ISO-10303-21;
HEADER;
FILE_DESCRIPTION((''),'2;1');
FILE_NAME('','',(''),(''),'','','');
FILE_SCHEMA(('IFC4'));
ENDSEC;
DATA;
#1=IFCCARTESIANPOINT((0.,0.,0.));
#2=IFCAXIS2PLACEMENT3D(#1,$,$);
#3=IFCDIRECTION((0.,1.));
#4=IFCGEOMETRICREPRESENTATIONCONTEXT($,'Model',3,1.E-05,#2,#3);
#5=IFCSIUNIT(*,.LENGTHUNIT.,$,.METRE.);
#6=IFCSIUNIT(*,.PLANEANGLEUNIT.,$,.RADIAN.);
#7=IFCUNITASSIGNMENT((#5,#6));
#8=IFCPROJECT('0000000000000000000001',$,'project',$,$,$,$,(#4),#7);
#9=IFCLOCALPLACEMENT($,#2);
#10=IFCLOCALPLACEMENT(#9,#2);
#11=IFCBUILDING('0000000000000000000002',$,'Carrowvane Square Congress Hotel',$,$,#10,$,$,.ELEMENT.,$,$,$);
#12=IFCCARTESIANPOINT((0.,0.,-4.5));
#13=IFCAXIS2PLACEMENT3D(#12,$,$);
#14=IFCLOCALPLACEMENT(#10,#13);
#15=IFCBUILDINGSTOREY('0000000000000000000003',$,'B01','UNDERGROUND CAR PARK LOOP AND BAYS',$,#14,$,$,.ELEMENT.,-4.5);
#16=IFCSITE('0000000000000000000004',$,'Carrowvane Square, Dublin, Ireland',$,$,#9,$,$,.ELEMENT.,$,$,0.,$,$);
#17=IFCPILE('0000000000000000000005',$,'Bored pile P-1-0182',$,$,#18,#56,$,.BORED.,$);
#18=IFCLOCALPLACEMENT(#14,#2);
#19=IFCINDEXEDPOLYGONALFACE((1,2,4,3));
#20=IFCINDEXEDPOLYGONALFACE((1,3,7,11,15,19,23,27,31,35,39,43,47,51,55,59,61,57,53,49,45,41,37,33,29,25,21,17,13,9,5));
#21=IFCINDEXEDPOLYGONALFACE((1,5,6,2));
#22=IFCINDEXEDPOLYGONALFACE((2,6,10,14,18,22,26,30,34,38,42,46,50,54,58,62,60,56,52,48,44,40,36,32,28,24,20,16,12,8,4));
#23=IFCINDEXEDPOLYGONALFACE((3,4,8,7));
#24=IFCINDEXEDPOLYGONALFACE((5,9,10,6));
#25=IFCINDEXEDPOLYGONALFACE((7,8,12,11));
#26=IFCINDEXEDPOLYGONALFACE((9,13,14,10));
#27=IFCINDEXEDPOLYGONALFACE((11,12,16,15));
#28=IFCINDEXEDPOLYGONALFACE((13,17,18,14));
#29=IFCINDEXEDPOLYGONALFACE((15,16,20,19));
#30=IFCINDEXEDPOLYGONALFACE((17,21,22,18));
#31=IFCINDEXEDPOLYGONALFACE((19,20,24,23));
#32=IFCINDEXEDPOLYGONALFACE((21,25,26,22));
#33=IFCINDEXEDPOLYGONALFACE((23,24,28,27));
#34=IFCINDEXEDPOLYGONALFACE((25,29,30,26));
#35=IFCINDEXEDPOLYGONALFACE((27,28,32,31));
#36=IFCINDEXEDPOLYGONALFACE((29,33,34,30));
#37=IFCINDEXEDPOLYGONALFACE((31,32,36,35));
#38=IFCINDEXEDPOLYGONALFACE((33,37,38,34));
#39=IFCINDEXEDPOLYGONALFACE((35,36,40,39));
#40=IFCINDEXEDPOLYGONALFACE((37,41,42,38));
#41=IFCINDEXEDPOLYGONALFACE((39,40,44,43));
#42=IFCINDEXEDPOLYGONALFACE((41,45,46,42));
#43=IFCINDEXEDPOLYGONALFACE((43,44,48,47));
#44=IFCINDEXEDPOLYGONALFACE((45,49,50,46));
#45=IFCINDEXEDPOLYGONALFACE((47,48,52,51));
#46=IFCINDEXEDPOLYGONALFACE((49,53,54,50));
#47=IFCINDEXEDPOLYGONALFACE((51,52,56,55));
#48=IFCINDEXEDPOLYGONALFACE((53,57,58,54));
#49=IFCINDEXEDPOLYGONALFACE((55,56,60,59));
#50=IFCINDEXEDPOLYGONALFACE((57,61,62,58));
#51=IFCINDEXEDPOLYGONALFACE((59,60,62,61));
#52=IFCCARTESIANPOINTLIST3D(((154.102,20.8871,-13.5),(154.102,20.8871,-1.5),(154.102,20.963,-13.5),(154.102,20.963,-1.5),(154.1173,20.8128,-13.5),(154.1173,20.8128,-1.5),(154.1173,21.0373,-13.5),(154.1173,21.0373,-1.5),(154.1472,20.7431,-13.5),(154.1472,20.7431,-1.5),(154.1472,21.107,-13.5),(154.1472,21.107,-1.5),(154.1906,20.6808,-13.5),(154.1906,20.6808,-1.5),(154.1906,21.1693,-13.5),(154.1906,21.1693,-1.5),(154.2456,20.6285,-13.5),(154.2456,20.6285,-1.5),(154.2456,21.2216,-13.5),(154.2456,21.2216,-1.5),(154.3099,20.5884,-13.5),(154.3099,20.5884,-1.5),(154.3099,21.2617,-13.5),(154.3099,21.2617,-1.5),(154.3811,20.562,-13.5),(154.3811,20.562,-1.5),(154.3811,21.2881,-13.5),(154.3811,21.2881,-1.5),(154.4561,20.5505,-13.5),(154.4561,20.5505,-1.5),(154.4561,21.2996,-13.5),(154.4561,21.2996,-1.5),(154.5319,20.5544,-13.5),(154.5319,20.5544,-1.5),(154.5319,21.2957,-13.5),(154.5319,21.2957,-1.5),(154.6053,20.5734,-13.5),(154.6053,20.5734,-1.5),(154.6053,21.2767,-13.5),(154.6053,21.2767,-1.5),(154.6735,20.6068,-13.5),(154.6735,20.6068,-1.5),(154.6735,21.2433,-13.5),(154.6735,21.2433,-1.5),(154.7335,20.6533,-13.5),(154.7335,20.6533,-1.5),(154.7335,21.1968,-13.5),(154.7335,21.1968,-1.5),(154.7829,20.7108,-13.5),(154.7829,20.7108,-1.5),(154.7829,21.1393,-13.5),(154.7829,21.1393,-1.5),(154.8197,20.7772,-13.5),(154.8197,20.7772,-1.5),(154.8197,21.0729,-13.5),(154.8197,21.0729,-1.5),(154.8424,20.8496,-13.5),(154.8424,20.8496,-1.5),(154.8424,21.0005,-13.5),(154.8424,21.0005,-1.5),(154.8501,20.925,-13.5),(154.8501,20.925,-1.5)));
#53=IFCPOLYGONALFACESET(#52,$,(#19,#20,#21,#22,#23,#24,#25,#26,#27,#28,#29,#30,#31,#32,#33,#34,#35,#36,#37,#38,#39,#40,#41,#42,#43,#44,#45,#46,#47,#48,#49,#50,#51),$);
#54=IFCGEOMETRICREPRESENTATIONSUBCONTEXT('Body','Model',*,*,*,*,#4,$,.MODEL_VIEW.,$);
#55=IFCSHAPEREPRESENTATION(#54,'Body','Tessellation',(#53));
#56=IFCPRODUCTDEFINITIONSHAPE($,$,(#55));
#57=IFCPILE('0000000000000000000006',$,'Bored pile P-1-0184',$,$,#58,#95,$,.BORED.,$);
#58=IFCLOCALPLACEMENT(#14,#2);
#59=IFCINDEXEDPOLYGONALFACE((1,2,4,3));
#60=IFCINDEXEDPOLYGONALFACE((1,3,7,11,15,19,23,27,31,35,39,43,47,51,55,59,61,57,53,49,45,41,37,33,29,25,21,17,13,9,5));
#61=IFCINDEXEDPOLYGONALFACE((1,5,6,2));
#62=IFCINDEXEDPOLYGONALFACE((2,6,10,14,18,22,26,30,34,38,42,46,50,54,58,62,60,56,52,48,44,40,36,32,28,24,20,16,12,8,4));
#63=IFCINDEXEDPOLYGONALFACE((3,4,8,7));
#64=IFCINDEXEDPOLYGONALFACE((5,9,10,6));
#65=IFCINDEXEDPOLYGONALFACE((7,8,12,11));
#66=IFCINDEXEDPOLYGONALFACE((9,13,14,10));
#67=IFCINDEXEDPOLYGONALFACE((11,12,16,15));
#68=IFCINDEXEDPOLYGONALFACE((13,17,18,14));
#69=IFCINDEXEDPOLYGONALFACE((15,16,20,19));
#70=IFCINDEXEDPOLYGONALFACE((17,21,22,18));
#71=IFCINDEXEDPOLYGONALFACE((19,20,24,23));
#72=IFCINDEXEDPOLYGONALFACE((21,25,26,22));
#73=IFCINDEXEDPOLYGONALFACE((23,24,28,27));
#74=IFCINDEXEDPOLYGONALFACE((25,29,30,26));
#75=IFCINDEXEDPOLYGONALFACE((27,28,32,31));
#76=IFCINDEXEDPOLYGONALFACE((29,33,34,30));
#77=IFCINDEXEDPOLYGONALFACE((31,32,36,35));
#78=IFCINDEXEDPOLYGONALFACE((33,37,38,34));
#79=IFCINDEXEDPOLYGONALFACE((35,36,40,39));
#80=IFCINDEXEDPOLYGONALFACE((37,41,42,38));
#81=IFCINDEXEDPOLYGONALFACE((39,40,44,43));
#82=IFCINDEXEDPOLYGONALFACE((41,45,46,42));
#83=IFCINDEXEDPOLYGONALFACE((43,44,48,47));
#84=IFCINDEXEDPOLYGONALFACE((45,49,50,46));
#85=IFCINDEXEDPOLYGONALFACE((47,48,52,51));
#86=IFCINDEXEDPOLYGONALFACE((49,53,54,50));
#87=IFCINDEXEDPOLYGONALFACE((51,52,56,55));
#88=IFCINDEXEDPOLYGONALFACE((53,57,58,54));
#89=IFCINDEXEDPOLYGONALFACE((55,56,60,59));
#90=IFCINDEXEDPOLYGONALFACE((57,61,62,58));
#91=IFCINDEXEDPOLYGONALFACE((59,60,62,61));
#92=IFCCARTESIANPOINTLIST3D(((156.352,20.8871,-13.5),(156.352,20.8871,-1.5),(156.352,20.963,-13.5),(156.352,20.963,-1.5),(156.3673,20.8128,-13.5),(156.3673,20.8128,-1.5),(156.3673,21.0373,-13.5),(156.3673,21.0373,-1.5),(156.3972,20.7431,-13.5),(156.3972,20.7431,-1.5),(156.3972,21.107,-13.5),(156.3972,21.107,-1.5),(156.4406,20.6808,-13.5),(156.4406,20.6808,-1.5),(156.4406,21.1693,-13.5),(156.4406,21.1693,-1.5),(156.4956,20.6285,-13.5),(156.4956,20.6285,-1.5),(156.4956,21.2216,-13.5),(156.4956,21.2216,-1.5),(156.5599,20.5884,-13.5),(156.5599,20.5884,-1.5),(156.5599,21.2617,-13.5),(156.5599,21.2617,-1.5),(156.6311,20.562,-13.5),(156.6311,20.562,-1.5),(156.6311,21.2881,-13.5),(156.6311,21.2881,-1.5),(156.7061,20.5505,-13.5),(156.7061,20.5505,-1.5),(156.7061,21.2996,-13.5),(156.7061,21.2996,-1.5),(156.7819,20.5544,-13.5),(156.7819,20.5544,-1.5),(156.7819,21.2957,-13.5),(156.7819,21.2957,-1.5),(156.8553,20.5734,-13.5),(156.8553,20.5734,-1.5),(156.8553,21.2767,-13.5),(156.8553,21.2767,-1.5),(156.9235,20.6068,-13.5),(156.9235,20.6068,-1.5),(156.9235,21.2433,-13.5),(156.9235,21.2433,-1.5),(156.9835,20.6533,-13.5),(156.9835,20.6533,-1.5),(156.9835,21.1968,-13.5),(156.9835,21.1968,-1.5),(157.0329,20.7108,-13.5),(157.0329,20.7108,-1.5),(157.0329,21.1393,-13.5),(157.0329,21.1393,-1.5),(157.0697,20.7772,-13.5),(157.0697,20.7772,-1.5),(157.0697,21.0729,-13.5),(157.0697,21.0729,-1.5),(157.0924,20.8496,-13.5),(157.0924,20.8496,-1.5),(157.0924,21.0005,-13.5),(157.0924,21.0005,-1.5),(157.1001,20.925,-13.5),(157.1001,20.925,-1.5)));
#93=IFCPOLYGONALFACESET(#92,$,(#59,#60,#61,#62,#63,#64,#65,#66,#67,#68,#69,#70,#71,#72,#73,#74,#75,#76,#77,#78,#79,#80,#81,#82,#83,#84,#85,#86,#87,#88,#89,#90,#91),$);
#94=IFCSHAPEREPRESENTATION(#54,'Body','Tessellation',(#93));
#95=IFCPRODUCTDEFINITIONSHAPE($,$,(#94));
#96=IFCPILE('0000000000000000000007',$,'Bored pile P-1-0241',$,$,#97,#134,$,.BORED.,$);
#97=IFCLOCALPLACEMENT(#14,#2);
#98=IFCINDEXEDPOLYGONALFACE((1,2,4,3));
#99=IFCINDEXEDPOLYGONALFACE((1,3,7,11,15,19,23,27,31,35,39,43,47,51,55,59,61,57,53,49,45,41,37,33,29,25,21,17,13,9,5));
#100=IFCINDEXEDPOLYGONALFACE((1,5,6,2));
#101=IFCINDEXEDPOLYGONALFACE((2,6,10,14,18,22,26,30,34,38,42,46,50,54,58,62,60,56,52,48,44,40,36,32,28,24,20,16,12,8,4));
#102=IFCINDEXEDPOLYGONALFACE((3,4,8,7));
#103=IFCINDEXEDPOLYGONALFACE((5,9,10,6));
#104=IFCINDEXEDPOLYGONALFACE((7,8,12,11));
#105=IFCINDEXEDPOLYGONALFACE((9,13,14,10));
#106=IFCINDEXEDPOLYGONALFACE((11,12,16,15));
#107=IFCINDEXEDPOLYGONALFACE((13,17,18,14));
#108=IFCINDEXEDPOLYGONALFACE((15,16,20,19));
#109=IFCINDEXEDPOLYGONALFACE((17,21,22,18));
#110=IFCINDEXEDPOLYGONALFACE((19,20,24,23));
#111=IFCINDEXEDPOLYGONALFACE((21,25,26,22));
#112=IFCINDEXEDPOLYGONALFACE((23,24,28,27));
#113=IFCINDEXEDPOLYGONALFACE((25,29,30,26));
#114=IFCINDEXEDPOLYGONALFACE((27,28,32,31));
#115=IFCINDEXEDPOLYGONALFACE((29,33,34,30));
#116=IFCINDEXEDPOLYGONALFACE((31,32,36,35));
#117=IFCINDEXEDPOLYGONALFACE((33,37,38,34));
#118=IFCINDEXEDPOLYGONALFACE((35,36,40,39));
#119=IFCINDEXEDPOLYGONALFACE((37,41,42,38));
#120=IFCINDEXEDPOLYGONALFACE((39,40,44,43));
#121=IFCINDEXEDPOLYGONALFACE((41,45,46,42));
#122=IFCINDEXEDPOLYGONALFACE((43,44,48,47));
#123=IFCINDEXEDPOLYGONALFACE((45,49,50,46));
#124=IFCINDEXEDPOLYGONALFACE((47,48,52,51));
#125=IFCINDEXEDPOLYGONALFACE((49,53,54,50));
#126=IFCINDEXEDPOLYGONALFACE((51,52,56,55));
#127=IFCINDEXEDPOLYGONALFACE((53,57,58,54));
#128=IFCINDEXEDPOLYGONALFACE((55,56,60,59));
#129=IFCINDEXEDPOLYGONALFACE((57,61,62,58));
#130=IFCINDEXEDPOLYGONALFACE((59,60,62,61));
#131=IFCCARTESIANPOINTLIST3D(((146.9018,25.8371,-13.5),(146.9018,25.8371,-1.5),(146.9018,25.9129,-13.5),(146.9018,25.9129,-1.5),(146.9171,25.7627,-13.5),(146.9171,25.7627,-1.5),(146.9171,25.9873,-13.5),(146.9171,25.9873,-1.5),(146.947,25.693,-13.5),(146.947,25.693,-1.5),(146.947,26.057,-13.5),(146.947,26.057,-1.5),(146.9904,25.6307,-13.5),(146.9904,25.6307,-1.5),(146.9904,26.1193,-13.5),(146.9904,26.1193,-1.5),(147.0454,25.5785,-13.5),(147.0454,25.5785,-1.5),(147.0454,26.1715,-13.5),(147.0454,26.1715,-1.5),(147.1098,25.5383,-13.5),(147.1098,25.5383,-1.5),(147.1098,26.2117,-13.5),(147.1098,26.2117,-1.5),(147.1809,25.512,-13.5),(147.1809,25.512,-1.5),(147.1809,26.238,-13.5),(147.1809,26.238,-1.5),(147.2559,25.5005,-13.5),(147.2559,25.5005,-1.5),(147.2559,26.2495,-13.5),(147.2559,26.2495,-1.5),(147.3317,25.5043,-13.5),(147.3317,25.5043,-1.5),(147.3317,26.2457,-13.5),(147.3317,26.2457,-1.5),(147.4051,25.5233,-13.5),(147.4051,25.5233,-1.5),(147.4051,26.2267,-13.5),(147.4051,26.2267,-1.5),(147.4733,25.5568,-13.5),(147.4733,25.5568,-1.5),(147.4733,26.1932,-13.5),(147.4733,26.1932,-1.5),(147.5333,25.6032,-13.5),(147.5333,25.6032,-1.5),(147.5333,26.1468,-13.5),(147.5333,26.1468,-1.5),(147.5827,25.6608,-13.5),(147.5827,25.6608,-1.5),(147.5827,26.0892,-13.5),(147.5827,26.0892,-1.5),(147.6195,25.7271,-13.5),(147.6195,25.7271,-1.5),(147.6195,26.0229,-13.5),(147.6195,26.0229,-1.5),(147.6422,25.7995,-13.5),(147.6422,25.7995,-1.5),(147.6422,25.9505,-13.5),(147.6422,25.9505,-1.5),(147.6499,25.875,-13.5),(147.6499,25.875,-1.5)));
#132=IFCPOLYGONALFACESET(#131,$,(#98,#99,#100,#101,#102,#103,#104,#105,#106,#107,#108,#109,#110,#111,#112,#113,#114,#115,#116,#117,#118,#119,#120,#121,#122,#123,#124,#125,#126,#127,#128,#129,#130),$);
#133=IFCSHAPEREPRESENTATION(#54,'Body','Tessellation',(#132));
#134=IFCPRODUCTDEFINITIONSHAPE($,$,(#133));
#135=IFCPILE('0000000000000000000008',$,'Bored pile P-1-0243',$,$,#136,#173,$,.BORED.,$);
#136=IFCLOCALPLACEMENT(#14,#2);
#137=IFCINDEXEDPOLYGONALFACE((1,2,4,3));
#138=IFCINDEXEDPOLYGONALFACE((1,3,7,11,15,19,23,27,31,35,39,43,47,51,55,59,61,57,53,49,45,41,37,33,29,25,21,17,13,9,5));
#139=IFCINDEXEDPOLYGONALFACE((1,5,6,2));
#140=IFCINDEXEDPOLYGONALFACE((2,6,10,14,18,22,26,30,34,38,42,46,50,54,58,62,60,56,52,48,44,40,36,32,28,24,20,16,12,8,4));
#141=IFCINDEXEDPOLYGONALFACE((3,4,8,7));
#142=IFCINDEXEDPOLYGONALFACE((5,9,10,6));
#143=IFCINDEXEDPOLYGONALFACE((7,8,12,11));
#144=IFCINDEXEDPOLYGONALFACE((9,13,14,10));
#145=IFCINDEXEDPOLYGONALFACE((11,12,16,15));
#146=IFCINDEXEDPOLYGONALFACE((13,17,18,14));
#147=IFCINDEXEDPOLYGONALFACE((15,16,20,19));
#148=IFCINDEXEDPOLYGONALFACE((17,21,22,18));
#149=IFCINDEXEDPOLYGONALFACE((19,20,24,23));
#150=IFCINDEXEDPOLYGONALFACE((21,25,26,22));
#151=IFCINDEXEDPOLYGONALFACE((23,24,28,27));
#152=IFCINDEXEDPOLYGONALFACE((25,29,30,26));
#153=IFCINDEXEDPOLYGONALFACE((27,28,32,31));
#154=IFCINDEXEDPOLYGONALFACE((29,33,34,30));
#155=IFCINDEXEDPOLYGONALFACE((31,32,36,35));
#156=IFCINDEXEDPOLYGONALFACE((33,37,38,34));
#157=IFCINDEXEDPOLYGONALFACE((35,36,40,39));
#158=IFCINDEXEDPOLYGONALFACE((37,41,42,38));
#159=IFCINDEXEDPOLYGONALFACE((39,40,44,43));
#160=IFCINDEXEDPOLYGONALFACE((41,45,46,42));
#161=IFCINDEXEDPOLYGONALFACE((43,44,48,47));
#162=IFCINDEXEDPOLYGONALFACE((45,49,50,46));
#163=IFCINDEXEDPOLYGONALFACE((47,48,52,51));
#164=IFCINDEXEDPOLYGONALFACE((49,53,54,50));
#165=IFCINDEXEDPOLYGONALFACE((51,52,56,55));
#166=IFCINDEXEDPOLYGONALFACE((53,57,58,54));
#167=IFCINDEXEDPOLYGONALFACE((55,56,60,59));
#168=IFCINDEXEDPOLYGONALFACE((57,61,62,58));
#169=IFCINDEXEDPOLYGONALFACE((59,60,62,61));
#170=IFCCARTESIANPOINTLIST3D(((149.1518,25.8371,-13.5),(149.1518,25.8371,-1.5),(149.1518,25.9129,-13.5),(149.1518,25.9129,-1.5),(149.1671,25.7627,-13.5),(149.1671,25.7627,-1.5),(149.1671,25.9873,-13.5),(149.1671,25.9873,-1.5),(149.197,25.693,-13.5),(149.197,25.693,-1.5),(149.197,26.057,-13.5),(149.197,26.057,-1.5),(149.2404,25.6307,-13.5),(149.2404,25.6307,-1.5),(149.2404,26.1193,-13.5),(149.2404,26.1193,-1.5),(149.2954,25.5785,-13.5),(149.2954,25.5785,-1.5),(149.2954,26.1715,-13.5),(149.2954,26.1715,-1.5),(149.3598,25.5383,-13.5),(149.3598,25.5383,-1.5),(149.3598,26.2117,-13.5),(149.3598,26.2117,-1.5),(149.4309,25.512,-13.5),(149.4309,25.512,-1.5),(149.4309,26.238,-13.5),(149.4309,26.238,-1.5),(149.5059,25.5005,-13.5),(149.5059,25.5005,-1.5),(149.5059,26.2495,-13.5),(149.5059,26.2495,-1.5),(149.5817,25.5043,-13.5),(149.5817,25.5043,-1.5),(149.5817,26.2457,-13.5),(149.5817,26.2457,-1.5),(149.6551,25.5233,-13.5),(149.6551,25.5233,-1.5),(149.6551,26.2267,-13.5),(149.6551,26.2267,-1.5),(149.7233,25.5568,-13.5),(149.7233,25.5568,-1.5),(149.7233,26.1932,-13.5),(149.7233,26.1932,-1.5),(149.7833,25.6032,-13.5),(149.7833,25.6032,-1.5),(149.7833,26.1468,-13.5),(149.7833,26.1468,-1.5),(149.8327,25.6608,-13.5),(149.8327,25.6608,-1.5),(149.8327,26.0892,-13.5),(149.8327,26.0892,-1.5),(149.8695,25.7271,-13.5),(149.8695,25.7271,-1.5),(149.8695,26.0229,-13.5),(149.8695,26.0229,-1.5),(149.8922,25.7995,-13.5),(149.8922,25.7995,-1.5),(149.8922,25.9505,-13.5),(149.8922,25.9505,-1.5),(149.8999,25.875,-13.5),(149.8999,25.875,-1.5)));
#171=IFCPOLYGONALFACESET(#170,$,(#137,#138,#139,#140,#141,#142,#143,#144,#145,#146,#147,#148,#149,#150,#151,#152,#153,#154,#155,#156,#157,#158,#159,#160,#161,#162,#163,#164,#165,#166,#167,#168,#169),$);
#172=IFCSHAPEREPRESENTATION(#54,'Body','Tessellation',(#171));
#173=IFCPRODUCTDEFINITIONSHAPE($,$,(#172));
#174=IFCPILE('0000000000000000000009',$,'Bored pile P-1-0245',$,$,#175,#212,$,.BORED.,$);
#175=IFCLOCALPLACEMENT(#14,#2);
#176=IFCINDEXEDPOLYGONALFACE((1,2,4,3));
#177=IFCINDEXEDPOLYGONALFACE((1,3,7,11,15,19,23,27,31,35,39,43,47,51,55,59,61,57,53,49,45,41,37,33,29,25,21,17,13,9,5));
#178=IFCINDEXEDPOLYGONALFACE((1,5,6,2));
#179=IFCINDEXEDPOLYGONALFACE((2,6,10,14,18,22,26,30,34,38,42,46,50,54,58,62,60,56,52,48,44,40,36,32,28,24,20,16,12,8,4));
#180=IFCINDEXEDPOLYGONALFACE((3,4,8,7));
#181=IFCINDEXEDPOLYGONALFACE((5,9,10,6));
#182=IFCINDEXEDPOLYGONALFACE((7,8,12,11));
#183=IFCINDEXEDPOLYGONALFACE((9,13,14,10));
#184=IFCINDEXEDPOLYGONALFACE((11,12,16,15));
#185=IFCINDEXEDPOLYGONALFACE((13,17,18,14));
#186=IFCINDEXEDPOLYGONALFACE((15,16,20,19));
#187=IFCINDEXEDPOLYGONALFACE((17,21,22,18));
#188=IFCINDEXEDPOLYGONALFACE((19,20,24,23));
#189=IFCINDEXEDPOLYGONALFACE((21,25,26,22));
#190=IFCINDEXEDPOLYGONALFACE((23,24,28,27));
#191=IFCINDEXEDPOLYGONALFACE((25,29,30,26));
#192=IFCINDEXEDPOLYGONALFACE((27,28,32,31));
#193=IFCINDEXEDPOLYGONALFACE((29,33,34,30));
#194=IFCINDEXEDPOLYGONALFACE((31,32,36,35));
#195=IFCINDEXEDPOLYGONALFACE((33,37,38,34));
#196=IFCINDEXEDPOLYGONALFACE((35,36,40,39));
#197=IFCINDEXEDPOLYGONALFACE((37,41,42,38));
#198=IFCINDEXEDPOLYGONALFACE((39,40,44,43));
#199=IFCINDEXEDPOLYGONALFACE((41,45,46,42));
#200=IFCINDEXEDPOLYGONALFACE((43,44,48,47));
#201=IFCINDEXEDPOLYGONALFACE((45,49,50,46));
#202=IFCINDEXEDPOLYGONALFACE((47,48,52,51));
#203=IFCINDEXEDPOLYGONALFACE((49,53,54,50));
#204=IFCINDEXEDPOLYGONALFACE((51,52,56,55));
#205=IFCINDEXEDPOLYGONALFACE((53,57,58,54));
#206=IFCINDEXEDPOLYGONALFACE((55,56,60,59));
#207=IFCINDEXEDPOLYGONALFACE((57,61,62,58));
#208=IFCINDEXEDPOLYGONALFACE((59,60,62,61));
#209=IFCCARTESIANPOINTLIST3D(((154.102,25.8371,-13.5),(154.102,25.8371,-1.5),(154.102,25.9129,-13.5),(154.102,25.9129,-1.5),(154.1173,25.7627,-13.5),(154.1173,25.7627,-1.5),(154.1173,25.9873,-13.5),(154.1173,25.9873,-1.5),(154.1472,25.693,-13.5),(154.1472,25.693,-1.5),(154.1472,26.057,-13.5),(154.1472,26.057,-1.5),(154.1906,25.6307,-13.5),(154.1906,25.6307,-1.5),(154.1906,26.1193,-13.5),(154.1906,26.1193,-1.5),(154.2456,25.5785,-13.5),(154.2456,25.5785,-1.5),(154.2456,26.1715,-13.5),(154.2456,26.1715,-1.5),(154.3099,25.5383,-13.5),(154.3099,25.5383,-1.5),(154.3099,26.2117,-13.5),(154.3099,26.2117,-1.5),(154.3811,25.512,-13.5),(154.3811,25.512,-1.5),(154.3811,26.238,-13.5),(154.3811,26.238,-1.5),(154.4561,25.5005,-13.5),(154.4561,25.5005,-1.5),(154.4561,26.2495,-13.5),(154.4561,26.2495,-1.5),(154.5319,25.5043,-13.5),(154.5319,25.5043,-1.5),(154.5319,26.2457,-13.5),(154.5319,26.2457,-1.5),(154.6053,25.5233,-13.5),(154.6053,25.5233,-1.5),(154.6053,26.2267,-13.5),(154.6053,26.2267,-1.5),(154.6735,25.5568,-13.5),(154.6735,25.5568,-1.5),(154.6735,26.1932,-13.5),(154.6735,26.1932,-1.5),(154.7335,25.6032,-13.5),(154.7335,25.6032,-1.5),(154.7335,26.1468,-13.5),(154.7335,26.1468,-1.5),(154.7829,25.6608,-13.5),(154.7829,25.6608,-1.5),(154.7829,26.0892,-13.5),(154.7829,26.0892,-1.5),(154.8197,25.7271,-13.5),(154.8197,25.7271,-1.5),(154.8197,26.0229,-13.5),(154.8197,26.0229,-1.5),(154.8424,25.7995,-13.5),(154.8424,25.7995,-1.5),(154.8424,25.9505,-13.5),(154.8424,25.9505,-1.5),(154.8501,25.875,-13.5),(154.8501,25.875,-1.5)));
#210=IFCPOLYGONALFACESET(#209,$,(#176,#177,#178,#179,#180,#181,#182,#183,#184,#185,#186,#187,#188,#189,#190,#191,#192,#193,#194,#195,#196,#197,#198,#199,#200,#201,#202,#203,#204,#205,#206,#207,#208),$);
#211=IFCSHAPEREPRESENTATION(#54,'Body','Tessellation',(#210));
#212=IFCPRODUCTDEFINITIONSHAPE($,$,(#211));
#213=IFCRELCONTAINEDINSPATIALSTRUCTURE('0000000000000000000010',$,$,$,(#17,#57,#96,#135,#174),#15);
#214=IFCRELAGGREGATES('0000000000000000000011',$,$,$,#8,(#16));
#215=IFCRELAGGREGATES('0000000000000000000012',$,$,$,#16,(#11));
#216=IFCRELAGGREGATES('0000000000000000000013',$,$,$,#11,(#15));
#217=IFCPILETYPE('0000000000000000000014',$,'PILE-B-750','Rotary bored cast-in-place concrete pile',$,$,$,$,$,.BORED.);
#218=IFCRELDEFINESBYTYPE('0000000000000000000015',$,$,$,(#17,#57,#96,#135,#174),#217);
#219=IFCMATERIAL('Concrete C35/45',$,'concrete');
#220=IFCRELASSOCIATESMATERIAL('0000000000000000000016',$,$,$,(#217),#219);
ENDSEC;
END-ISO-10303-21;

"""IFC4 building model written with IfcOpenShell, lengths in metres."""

from ifc_helpers import new_model, si_unit, direction, frame, origin, origin_2d, place, context, subcontext, project, spatial, circle, extrude, material, material_profile, profile_set, type_object, element, save


model = new_model("IFC4")

# Units and contexts
model_context = context("Model", 3, precision=1e-05, world=origin(), true_north=direction((0.0, 1.0)))
body_context = subcontext(model_context, "Body", "Model", "MODEL_VIEW")
ifc_project = project(units=[si_unit("LENGTHUNIT", "METRE"), si_unit("PLANEANGLEUNIT", "RADIAN")], contexts=[model_context])

# Site, building, storey
site_placement = place(None, origin())
site = spatial("IfcSite", under=ifc_project, at=site_placement, Name="Carrowvane Square, Dublin, Ireland", CompositionType="ELEMENT", RefElevation=0.0)
building_placement = place(site_placement, origin())
building = spatial("IfcBuilding", under=site, at=building_placement, Name="Carrowvane Square Congress Hotel", CompositionType="ELEMENT")
storey_placement = place(building_placement, frame((0.0, 0.0, -4.5)))
storey = spatial("IfcBuildingStorey", under=building, at=storey_placement, Name="B01", Description="UNDERGROUND CAR PARK LOOP AND BAYS", CompositionType="ELEMENT", Elevation=-4.5)

# Piles
ifc_material_1 = material(Name="Concrete C35/45", Category="concrete")
ifc_material_profile_1 = material_profile(ifc_material_1, circle(Radius=0.375, at=origin_2d()), Name="PILE D750")
ifc_profile_set_1 = profile_set([ifc_material_profile_1], Name="Concrete C35/45")
pile_type = type_object("IfcPileType", Name="PILE-B-750", Description="Rotary bored cast-in-place concrete pile", PredefinedType="BORED", material=ifc_profile_set_1)
for number, where, z_axis, x_axis, name in (
    (1, (154.4751, 20.925, -1.5), (0.0, 0.0, -1.0), (1.0, 0.0, 0.0), "Bored pile P-1-0182"),
    (2, (156.7251, 20.925, -1.5), (0.0, 0.0, -1.0), (1.0, 0.0, 0.0), "Bored pile P-1-0184"),
    (3, (147.2749, 25.875, -1.5), (0.0, 0.0, -1.0), (1.0, 0.0, 0.0), "Bored pile P-1-0241"),
    (4, (149.5249, 25.875, -1.5), (0.0, 0.0, -1.0), (1.0, 0.0, 0.0), "Bored pile P-1-0243"),
    (5, (154.4751, 25.875, -1.5), (0.0, 0.0, -1.0), (1.0, 0.0, 0.0), "Bored pile P-1-0245"),
):
    element("IfcPile", number, at=place(storey_placement, frame(where, z_axis=z_axis, x_axis=x_axis)), inside=storey, type_object=pile_type, Name=name, PredefinedType="BORED", context=body_context, shape_type="SweptSolid", body=[
        extrude(circle(Radius=0.375, at=origin_2d()), origin(), (0.0, 0.0, 1.0), 12.0),
    ])

save(model, "model.ifc")
